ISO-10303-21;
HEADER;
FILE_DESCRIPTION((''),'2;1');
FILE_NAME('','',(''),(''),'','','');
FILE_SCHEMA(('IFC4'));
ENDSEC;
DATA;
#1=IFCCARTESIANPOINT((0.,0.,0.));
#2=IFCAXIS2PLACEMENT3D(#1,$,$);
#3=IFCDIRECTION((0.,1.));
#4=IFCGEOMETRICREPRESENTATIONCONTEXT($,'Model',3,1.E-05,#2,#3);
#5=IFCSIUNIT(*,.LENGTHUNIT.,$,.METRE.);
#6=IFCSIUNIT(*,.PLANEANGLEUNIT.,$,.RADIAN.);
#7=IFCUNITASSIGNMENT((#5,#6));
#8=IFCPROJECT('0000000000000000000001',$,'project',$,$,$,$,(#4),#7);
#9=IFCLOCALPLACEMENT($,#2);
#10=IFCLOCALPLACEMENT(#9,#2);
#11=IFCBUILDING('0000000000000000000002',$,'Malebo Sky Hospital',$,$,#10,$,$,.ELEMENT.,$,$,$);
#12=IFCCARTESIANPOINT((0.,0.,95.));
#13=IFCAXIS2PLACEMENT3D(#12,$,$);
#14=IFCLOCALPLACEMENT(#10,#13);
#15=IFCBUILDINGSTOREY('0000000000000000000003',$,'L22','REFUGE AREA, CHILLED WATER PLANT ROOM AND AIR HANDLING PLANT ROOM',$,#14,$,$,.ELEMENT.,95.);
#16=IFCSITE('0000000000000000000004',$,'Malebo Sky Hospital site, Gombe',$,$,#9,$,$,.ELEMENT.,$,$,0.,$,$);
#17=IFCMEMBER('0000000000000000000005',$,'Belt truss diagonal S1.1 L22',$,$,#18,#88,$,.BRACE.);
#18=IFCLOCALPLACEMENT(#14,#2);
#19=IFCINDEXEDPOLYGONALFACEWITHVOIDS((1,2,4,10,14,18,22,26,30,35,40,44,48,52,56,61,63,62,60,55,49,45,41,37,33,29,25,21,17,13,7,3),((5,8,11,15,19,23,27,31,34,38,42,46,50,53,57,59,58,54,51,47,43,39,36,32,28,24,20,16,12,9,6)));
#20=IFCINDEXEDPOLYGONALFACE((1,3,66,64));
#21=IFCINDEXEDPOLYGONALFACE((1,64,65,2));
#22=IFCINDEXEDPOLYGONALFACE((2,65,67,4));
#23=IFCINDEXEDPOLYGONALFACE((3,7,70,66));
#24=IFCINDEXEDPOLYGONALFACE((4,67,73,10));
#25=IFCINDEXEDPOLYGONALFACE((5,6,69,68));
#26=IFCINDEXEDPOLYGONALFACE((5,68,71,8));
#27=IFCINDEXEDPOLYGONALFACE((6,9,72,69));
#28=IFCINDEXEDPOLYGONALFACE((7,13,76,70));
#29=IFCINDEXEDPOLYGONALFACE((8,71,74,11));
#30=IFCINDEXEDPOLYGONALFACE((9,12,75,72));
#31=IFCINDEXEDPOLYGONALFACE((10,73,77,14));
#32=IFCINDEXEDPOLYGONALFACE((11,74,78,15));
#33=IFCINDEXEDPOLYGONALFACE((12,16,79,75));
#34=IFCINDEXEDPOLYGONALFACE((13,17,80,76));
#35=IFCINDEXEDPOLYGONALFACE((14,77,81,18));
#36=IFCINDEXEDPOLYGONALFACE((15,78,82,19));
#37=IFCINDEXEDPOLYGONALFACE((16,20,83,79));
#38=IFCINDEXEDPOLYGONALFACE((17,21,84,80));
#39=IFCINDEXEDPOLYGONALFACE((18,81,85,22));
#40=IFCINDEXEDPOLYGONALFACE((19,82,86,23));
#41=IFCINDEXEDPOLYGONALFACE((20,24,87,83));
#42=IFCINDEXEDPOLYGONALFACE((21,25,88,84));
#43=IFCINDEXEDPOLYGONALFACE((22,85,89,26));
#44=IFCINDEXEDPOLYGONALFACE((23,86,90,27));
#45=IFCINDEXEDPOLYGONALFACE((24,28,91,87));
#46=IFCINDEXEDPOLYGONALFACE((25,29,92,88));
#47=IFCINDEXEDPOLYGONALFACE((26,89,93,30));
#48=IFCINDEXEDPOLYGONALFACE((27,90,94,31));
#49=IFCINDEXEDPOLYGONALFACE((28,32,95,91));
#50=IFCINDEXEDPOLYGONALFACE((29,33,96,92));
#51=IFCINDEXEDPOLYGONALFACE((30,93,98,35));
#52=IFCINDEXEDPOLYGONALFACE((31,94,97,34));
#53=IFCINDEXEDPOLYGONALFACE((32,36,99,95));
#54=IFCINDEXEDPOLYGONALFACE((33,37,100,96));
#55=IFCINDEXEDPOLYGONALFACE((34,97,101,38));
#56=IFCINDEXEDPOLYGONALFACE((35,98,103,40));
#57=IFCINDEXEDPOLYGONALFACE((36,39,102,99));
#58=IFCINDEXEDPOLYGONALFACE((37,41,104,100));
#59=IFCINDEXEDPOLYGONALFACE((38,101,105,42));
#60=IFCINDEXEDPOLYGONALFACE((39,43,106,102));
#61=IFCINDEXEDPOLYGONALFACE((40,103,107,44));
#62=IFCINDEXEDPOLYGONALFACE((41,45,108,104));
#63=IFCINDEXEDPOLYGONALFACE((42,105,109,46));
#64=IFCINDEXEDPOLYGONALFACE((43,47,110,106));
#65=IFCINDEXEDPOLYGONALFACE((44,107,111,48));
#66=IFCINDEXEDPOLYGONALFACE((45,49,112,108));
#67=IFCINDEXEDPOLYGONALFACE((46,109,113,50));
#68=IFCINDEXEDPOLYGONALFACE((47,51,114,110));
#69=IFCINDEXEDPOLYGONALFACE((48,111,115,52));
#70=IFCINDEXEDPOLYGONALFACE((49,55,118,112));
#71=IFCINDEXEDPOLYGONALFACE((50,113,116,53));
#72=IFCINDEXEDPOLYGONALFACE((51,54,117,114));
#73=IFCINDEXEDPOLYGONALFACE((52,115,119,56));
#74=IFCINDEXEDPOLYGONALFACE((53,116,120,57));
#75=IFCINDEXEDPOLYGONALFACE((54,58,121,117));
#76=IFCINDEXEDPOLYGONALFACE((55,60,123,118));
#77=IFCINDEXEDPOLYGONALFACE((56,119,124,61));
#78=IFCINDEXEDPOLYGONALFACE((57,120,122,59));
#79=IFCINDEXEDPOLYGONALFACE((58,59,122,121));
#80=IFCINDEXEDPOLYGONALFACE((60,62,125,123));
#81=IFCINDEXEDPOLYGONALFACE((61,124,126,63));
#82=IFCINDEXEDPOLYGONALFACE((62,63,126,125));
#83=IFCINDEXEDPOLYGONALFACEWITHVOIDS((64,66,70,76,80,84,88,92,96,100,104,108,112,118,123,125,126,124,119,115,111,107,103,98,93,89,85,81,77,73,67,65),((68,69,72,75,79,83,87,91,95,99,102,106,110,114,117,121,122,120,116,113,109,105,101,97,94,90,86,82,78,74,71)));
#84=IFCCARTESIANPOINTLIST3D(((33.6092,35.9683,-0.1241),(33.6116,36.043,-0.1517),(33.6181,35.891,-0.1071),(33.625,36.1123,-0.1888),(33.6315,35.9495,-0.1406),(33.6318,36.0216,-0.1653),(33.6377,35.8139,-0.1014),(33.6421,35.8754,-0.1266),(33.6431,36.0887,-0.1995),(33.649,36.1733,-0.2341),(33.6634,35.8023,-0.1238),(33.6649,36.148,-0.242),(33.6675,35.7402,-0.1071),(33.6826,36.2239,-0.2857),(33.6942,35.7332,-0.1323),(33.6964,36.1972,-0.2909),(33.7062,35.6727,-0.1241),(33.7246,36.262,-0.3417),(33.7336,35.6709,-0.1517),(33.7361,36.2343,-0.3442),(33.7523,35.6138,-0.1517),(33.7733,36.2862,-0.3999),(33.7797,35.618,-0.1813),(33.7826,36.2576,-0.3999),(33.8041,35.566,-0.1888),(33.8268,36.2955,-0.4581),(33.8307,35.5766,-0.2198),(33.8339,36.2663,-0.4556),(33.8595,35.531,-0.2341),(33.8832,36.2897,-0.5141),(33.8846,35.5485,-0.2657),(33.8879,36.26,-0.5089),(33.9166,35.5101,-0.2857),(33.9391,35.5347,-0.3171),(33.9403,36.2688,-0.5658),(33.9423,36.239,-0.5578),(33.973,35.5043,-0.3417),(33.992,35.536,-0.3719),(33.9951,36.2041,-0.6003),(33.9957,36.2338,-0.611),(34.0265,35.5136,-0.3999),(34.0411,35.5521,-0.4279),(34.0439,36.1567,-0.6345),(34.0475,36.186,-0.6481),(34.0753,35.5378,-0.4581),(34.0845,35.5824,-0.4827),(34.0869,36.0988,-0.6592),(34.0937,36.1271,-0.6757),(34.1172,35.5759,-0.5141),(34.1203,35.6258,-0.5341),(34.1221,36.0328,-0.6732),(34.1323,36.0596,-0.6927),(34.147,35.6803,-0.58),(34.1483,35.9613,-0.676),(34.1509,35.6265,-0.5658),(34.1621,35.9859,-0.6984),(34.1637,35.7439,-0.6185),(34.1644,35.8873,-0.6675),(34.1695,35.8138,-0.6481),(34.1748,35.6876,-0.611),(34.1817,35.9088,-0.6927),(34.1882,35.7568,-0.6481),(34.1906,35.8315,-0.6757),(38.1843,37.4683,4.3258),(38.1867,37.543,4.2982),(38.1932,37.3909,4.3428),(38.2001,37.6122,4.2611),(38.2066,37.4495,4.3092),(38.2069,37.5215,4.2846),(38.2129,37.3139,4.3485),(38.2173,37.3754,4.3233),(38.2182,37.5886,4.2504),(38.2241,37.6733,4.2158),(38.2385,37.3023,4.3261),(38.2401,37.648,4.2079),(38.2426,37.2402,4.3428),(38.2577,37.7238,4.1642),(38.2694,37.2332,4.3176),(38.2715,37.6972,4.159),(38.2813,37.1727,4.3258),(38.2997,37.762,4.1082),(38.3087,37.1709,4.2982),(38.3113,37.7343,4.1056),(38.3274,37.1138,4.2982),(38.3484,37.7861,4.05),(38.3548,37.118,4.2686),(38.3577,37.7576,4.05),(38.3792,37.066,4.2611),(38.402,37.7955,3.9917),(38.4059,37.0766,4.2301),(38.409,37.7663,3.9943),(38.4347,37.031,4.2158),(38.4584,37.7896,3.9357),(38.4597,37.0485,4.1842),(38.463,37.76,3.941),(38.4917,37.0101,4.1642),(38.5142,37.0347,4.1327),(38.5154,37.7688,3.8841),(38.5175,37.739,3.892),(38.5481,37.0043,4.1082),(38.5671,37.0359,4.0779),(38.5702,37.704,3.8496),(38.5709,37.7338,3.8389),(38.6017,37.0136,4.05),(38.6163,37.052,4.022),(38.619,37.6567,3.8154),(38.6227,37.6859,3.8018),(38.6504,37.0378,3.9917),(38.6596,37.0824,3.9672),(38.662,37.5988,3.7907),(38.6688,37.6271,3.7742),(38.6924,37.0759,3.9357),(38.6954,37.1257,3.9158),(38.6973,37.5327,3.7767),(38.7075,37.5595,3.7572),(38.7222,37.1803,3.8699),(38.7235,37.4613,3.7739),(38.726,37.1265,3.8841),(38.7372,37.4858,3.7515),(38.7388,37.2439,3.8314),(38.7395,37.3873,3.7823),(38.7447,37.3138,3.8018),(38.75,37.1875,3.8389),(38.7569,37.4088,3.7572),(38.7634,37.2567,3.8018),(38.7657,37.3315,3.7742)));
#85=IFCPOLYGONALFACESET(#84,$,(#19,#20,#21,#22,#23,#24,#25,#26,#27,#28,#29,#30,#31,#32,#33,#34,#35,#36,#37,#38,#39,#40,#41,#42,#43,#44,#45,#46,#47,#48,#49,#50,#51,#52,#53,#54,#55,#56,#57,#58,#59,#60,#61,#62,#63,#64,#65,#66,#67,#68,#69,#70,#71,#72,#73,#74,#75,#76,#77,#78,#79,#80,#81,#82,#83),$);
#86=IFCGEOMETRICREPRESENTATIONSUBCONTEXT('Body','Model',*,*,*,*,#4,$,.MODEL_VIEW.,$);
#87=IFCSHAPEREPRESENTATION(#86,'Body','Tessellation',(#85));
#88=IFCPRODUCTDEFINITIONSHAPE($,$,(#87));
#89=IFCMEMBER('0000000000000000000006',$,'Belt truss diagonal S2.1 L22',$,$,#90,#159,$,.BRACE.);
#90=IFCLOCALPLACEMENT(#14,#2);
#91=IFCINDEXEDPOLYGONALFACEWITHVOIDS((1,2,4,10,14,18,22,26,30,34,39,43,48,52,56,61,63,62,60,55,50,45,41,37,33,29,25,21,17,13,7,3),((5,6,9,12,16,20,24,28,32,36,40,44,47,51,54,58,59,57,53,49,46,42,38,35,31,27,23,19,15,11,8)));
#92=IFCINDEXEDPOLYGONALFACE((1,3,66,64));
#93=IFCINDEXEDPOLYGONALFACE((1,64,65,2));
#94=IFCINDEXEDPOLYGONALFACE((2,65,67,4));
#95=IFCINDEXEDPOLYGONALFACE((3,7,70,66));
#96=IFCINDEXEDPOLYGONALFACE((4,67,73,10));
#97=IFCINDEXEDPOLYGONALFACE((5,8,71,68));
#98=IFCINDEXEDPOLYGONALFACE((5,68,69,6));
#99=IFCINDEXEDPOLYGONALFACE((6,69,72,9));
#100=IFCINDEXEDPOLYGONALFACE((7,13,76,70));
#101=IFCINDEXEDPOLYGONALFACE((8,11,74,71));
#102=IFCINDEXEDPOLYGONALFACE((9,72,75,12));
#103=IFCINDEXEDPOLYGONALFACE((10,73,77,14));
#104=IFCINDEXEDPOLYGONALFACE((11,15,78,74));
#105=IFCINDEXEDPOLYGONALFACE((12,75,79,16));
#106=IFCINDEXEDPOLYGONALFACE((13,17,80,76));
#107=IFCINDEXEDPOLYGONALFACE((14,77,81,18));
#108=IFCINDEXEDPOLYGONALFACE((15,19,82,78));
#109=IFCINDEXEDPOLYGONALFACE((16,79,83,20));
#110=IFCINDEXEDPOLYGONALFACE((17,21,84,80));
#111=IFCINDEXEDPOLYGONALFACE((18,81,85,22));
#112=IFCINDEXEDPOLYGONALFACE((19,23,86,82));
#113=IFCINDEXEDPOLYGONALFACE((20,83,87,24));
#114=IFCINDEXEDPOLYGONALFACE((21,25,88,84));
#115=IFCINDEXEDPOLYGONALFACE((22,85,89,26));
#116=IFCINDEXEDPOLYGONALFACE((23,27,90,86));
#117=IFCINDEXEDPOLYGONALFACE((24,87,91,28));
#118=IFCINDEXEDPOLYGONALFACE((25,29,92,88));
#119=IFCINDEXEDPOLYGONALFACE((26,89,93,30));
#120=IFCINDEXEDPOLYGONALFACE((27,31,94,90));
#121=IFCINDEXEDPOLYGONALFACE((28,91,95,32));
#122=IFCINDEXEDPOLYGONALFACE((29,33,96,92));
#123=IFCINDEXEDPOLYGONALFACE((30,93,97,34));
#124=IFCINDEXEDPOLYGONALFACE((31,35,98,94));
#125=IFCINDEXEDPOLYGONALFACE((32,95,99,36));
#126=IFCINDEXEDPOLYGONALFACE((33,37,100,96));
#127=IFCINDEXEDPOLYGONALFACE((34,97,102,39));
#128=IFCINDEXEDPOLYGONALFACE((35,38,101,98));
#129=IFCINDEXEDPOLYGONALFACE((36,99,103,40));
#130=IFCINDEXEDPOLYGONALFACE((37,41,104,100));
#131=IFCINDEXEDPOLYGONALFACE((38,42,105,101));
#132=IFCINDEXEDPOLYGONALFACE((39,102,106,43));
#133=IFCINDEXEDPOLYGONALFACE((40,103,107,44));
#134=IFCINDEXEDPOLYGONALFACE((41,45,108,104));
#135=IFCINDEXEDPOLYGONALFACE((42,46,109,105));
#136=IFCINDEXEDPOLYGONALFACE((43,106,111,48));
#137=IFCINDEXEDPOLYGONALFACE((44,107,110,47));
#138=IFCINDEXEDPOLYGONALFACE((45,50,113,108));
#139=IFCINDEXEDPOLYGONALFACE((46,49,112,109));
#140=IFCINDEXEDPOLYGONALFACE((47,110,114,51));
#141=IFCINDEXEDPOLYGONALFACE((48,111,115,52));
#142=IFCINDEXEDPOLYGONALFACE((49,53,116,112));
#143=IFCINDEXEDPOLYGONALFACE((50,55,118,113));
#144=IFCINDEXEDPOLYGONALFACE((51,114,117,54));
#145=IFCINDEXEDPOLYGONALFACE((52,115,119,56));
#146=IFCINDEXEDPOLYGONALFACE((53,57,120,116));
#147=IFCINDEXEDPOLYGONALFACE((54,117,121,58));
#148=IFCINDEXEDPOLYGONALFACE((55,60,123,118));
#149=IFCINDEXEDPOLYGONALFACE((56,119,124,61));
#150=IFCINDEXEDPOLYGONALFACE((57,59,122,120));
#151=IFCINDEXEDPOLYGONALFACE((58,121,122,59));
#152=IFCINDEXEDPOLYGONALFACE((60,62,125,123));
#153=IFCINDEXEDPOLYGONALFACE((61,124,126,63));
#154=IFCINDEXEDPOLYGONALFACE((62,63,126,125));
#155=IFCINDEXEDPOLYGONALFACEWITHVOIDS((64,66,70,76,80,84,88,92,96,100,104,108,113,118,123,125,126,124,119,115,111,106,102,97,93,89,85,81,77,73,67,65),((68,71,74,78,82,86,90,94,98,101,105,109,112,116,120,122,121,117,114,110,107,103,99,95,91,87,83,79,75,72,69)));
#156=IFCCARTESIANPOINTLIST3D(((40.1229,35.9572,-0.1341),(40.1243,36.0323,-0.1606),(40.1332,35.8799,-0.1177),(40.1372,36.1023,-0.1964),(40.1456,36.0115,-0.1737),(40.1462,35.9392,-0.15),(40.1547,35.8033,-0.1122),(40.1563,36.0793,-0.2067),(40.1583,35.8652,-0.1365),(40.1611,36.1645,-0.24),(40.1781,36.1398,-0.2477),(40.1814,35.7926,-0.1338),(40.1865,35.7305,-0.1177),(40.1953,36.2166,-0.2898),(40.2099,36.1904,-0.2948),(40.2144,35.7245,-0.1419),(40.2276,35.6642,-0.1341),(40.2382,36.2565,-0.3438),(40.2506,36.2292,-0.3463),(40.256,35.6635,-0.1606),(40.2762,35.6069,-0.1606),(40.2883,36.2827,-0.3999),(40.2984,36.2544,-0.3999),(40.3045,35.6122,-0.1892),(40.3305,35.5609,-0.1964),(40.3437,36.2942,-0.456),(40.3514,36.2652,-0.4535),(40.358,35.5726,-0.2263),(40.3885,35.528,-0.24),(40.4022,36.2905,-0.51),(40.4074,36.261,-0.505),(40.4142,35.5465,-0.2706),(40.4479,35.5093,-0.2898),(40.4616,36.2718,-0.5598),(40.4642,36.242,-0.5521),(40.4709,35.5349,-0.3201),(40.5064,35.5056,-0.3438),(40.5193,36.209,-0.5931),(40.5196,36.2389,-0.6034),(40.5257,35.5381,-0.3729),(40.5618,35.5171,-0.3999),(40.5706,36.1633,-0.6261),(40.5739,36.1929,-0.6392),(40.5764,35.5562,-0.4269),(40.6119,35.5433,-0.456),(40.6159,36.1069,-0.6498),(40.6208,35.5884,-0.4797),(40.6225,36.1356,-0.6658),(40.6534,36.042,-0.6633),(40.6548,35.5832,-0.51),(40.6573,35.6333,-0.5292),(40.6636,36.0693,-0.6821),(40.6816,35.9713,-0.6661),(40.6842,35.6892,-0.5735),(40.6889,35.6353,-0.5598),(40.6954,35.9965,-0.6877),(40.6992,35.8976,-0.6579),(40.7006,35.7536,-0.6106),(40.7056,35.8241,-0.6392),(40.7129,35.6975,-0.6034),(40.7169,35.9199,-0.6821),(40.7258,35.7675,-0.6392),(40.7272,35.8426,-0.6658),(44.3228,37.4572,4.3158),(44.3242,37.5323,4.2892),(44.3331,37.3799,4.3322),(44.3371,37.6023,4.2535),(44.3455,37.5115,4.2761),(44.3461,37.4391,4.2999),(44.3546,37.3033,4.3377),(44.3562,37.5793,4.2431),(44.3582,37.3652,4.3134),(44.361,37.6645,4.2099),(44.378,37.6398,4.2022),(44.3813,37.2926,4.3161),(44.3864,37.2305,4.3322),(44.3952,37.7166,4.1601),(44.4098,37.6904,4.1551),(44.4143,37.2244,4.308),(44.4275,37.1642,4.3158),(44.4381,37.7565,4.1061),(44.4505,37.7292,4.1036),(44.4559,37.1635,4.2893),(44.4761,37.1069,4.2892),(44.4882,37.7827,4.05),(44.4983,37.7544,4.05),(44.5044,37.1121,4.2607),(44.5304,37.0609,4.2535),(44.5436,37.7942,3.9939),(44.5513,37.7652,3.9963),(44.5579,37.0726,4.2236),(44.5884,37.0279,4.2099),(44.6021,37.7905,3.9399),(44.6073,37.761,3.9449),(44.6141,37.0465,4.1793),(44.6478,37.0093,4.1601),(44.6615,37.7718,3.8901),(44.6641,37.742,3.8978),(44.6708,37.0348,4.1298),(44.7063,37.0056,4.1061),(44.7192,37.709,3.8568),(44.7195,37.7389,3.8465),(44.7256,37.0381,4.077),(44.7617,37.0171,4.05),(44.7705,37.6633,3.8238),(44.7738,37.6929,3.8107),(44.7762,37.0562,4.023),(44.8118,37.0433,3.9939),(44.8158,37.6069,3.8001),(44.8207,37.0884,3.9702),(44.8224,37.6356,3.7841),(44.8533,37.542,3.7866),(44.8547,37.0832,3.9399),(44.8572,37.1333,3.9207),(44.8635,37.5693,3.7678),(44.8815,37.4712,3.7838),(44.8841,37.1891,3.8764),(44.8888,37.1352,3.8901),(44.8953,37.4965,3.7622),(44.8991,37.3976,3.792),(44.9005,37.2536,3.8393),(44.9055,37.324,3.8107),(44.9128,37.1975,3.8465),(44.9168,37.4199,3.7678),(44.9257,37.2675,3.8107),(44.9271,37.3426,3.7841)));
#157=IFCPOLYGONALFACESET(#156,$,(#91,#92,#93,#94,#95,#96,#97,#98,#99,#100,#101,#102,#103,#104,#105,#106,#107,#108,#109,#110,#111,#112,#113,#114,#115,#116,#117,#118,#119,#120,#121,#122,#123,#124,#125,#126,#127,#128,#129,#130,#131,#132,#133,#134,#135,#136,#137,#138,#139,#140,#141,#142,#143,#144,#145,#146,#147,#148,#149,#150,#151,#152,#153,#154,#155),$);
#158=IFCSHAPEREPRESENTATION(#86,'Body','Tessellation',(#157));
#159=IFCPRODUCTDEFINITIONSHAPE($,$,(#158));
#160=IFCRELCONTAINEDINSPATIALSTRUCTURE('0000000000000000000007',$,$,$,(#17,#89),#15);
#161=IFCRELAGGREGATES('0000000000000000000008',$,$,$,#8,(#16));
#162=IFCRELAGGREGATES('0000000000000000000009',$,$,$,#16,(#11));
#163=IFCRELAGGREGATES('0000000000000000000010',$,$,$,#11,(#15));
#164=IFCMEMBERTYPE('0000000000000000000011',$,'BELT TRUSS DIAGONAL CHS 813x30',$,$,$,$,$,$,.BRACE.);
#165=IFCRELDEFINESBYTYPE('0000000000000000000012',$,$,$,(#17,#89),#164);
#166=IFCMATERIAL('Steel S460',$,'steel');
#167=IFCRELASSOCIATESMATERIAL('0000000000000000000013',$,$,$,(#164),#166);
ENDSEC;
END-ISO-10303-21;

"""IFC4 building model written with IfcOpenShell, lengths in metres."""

from ifc_helpers import new_model, si_unit, direction, frame, origin, origin_2d, place, context, subcontext, project, spatial, hollow_circle, extrude, material, material_profile, profile_set, type_object, element, save


model = new_model("IFC4")

# Units and contexts
model_context = context("Model", 3, precision=1e-05, world=origin(), true_north=direction((0.0, 1.0)))
body_context = subcontext(model_context, "Body", "Model", "MODEL_VIEW")
ifc_project = project(units=[si_unit("LENGTHUNIT", "METRE"), si_unit("PLANEANGLEUNIT", "RADIAN")], contexts=[model_context])

# Site, building, storey
site_placement = place(None, origin())
site = spatial("IfcSite", under=ifc_project, at=site_placement, Name="Malebo Sky Hospital site, Gombe", CompositionType="ELEMENT", RefElevation=0.0)
building_placement = place(site_placement, origin())
building = spatial("IfcBuilding", under=site, at=building_placement, Name="Malebo Sky Hospital", CompositionType="ELEMENT")
storey_placement = place(building_placement, frame((0.0, 0.0, 95.0)))
storey = spatial("IfcBuildingStorey", under=building, at=storey_placement, Name="L22", Description="REFUGE AREA, CHILLED WATER PLANT ROOM AND AIR HANDLING PLANT ROOM", CompositionType="ELEMENT", Elevation=95.0)

# Members
ifc_material_1 = material(Name="Steel S460", Category="steel")
ifc_material_profile_1 = material_profile(ifc_material_1, hollow_circle(Radius=0.4065, WallThickness=0.03, at=origin_2d()), Name="CHS 813x30")
ifc_profile_set_1 = profile_set([ifc_material_profile_1], Name="Steel S460")
member_type_1 = type_object("IfcMemberType", Name="BELT TRUSS DIAGONAL CHS 813x30", PredefinedType="BRACE", material=ifc_profile_set_1)
member_1_placement = place(storey_placement, frame((33.8999, 35.8999, -0.3999), z_axis=(0.697837, 0.228789, 0.678734), x_axis=(-0.311539, 0.950233, 0.0)))
element("IfcMember", 1, at=member_1_placement, inside=storey, type_object=member_type_1, Name="Belt truss diagonal S1.1 L22", PredefinedType="BRACE", context=body_context, shape_type="SweptSolid", body=[
    extrude(hollow_circle(Radius=0.4065, WallThickness=0.03, at=origin_2d()), origin(), (0.0, 0.0, 1.0), 6.5562),
])
member_2_placement = place(storey_placement, frame((40.425, 35.8999, -0.3999), z_axis=(0.666645, 0.23809, 0.706327), x_axis=(-0.33634, 0.941741, 0.0)))
element("IfcMember", 2, at=member_2_placement, inside=storey, type_object=member_type_1, Name="Belt truss diagonal S2.1 L22", PredefinedType="BRACE", context=body_context, shape_type="SweptSolid", body=[
    extrude(hollow_circle(Radius=0.4065, WallThickness=0.03, at=origin_2d()), origin(), (0.0, 0.0, 1.0), 6.3),
])

save(model, "model.ifc")
